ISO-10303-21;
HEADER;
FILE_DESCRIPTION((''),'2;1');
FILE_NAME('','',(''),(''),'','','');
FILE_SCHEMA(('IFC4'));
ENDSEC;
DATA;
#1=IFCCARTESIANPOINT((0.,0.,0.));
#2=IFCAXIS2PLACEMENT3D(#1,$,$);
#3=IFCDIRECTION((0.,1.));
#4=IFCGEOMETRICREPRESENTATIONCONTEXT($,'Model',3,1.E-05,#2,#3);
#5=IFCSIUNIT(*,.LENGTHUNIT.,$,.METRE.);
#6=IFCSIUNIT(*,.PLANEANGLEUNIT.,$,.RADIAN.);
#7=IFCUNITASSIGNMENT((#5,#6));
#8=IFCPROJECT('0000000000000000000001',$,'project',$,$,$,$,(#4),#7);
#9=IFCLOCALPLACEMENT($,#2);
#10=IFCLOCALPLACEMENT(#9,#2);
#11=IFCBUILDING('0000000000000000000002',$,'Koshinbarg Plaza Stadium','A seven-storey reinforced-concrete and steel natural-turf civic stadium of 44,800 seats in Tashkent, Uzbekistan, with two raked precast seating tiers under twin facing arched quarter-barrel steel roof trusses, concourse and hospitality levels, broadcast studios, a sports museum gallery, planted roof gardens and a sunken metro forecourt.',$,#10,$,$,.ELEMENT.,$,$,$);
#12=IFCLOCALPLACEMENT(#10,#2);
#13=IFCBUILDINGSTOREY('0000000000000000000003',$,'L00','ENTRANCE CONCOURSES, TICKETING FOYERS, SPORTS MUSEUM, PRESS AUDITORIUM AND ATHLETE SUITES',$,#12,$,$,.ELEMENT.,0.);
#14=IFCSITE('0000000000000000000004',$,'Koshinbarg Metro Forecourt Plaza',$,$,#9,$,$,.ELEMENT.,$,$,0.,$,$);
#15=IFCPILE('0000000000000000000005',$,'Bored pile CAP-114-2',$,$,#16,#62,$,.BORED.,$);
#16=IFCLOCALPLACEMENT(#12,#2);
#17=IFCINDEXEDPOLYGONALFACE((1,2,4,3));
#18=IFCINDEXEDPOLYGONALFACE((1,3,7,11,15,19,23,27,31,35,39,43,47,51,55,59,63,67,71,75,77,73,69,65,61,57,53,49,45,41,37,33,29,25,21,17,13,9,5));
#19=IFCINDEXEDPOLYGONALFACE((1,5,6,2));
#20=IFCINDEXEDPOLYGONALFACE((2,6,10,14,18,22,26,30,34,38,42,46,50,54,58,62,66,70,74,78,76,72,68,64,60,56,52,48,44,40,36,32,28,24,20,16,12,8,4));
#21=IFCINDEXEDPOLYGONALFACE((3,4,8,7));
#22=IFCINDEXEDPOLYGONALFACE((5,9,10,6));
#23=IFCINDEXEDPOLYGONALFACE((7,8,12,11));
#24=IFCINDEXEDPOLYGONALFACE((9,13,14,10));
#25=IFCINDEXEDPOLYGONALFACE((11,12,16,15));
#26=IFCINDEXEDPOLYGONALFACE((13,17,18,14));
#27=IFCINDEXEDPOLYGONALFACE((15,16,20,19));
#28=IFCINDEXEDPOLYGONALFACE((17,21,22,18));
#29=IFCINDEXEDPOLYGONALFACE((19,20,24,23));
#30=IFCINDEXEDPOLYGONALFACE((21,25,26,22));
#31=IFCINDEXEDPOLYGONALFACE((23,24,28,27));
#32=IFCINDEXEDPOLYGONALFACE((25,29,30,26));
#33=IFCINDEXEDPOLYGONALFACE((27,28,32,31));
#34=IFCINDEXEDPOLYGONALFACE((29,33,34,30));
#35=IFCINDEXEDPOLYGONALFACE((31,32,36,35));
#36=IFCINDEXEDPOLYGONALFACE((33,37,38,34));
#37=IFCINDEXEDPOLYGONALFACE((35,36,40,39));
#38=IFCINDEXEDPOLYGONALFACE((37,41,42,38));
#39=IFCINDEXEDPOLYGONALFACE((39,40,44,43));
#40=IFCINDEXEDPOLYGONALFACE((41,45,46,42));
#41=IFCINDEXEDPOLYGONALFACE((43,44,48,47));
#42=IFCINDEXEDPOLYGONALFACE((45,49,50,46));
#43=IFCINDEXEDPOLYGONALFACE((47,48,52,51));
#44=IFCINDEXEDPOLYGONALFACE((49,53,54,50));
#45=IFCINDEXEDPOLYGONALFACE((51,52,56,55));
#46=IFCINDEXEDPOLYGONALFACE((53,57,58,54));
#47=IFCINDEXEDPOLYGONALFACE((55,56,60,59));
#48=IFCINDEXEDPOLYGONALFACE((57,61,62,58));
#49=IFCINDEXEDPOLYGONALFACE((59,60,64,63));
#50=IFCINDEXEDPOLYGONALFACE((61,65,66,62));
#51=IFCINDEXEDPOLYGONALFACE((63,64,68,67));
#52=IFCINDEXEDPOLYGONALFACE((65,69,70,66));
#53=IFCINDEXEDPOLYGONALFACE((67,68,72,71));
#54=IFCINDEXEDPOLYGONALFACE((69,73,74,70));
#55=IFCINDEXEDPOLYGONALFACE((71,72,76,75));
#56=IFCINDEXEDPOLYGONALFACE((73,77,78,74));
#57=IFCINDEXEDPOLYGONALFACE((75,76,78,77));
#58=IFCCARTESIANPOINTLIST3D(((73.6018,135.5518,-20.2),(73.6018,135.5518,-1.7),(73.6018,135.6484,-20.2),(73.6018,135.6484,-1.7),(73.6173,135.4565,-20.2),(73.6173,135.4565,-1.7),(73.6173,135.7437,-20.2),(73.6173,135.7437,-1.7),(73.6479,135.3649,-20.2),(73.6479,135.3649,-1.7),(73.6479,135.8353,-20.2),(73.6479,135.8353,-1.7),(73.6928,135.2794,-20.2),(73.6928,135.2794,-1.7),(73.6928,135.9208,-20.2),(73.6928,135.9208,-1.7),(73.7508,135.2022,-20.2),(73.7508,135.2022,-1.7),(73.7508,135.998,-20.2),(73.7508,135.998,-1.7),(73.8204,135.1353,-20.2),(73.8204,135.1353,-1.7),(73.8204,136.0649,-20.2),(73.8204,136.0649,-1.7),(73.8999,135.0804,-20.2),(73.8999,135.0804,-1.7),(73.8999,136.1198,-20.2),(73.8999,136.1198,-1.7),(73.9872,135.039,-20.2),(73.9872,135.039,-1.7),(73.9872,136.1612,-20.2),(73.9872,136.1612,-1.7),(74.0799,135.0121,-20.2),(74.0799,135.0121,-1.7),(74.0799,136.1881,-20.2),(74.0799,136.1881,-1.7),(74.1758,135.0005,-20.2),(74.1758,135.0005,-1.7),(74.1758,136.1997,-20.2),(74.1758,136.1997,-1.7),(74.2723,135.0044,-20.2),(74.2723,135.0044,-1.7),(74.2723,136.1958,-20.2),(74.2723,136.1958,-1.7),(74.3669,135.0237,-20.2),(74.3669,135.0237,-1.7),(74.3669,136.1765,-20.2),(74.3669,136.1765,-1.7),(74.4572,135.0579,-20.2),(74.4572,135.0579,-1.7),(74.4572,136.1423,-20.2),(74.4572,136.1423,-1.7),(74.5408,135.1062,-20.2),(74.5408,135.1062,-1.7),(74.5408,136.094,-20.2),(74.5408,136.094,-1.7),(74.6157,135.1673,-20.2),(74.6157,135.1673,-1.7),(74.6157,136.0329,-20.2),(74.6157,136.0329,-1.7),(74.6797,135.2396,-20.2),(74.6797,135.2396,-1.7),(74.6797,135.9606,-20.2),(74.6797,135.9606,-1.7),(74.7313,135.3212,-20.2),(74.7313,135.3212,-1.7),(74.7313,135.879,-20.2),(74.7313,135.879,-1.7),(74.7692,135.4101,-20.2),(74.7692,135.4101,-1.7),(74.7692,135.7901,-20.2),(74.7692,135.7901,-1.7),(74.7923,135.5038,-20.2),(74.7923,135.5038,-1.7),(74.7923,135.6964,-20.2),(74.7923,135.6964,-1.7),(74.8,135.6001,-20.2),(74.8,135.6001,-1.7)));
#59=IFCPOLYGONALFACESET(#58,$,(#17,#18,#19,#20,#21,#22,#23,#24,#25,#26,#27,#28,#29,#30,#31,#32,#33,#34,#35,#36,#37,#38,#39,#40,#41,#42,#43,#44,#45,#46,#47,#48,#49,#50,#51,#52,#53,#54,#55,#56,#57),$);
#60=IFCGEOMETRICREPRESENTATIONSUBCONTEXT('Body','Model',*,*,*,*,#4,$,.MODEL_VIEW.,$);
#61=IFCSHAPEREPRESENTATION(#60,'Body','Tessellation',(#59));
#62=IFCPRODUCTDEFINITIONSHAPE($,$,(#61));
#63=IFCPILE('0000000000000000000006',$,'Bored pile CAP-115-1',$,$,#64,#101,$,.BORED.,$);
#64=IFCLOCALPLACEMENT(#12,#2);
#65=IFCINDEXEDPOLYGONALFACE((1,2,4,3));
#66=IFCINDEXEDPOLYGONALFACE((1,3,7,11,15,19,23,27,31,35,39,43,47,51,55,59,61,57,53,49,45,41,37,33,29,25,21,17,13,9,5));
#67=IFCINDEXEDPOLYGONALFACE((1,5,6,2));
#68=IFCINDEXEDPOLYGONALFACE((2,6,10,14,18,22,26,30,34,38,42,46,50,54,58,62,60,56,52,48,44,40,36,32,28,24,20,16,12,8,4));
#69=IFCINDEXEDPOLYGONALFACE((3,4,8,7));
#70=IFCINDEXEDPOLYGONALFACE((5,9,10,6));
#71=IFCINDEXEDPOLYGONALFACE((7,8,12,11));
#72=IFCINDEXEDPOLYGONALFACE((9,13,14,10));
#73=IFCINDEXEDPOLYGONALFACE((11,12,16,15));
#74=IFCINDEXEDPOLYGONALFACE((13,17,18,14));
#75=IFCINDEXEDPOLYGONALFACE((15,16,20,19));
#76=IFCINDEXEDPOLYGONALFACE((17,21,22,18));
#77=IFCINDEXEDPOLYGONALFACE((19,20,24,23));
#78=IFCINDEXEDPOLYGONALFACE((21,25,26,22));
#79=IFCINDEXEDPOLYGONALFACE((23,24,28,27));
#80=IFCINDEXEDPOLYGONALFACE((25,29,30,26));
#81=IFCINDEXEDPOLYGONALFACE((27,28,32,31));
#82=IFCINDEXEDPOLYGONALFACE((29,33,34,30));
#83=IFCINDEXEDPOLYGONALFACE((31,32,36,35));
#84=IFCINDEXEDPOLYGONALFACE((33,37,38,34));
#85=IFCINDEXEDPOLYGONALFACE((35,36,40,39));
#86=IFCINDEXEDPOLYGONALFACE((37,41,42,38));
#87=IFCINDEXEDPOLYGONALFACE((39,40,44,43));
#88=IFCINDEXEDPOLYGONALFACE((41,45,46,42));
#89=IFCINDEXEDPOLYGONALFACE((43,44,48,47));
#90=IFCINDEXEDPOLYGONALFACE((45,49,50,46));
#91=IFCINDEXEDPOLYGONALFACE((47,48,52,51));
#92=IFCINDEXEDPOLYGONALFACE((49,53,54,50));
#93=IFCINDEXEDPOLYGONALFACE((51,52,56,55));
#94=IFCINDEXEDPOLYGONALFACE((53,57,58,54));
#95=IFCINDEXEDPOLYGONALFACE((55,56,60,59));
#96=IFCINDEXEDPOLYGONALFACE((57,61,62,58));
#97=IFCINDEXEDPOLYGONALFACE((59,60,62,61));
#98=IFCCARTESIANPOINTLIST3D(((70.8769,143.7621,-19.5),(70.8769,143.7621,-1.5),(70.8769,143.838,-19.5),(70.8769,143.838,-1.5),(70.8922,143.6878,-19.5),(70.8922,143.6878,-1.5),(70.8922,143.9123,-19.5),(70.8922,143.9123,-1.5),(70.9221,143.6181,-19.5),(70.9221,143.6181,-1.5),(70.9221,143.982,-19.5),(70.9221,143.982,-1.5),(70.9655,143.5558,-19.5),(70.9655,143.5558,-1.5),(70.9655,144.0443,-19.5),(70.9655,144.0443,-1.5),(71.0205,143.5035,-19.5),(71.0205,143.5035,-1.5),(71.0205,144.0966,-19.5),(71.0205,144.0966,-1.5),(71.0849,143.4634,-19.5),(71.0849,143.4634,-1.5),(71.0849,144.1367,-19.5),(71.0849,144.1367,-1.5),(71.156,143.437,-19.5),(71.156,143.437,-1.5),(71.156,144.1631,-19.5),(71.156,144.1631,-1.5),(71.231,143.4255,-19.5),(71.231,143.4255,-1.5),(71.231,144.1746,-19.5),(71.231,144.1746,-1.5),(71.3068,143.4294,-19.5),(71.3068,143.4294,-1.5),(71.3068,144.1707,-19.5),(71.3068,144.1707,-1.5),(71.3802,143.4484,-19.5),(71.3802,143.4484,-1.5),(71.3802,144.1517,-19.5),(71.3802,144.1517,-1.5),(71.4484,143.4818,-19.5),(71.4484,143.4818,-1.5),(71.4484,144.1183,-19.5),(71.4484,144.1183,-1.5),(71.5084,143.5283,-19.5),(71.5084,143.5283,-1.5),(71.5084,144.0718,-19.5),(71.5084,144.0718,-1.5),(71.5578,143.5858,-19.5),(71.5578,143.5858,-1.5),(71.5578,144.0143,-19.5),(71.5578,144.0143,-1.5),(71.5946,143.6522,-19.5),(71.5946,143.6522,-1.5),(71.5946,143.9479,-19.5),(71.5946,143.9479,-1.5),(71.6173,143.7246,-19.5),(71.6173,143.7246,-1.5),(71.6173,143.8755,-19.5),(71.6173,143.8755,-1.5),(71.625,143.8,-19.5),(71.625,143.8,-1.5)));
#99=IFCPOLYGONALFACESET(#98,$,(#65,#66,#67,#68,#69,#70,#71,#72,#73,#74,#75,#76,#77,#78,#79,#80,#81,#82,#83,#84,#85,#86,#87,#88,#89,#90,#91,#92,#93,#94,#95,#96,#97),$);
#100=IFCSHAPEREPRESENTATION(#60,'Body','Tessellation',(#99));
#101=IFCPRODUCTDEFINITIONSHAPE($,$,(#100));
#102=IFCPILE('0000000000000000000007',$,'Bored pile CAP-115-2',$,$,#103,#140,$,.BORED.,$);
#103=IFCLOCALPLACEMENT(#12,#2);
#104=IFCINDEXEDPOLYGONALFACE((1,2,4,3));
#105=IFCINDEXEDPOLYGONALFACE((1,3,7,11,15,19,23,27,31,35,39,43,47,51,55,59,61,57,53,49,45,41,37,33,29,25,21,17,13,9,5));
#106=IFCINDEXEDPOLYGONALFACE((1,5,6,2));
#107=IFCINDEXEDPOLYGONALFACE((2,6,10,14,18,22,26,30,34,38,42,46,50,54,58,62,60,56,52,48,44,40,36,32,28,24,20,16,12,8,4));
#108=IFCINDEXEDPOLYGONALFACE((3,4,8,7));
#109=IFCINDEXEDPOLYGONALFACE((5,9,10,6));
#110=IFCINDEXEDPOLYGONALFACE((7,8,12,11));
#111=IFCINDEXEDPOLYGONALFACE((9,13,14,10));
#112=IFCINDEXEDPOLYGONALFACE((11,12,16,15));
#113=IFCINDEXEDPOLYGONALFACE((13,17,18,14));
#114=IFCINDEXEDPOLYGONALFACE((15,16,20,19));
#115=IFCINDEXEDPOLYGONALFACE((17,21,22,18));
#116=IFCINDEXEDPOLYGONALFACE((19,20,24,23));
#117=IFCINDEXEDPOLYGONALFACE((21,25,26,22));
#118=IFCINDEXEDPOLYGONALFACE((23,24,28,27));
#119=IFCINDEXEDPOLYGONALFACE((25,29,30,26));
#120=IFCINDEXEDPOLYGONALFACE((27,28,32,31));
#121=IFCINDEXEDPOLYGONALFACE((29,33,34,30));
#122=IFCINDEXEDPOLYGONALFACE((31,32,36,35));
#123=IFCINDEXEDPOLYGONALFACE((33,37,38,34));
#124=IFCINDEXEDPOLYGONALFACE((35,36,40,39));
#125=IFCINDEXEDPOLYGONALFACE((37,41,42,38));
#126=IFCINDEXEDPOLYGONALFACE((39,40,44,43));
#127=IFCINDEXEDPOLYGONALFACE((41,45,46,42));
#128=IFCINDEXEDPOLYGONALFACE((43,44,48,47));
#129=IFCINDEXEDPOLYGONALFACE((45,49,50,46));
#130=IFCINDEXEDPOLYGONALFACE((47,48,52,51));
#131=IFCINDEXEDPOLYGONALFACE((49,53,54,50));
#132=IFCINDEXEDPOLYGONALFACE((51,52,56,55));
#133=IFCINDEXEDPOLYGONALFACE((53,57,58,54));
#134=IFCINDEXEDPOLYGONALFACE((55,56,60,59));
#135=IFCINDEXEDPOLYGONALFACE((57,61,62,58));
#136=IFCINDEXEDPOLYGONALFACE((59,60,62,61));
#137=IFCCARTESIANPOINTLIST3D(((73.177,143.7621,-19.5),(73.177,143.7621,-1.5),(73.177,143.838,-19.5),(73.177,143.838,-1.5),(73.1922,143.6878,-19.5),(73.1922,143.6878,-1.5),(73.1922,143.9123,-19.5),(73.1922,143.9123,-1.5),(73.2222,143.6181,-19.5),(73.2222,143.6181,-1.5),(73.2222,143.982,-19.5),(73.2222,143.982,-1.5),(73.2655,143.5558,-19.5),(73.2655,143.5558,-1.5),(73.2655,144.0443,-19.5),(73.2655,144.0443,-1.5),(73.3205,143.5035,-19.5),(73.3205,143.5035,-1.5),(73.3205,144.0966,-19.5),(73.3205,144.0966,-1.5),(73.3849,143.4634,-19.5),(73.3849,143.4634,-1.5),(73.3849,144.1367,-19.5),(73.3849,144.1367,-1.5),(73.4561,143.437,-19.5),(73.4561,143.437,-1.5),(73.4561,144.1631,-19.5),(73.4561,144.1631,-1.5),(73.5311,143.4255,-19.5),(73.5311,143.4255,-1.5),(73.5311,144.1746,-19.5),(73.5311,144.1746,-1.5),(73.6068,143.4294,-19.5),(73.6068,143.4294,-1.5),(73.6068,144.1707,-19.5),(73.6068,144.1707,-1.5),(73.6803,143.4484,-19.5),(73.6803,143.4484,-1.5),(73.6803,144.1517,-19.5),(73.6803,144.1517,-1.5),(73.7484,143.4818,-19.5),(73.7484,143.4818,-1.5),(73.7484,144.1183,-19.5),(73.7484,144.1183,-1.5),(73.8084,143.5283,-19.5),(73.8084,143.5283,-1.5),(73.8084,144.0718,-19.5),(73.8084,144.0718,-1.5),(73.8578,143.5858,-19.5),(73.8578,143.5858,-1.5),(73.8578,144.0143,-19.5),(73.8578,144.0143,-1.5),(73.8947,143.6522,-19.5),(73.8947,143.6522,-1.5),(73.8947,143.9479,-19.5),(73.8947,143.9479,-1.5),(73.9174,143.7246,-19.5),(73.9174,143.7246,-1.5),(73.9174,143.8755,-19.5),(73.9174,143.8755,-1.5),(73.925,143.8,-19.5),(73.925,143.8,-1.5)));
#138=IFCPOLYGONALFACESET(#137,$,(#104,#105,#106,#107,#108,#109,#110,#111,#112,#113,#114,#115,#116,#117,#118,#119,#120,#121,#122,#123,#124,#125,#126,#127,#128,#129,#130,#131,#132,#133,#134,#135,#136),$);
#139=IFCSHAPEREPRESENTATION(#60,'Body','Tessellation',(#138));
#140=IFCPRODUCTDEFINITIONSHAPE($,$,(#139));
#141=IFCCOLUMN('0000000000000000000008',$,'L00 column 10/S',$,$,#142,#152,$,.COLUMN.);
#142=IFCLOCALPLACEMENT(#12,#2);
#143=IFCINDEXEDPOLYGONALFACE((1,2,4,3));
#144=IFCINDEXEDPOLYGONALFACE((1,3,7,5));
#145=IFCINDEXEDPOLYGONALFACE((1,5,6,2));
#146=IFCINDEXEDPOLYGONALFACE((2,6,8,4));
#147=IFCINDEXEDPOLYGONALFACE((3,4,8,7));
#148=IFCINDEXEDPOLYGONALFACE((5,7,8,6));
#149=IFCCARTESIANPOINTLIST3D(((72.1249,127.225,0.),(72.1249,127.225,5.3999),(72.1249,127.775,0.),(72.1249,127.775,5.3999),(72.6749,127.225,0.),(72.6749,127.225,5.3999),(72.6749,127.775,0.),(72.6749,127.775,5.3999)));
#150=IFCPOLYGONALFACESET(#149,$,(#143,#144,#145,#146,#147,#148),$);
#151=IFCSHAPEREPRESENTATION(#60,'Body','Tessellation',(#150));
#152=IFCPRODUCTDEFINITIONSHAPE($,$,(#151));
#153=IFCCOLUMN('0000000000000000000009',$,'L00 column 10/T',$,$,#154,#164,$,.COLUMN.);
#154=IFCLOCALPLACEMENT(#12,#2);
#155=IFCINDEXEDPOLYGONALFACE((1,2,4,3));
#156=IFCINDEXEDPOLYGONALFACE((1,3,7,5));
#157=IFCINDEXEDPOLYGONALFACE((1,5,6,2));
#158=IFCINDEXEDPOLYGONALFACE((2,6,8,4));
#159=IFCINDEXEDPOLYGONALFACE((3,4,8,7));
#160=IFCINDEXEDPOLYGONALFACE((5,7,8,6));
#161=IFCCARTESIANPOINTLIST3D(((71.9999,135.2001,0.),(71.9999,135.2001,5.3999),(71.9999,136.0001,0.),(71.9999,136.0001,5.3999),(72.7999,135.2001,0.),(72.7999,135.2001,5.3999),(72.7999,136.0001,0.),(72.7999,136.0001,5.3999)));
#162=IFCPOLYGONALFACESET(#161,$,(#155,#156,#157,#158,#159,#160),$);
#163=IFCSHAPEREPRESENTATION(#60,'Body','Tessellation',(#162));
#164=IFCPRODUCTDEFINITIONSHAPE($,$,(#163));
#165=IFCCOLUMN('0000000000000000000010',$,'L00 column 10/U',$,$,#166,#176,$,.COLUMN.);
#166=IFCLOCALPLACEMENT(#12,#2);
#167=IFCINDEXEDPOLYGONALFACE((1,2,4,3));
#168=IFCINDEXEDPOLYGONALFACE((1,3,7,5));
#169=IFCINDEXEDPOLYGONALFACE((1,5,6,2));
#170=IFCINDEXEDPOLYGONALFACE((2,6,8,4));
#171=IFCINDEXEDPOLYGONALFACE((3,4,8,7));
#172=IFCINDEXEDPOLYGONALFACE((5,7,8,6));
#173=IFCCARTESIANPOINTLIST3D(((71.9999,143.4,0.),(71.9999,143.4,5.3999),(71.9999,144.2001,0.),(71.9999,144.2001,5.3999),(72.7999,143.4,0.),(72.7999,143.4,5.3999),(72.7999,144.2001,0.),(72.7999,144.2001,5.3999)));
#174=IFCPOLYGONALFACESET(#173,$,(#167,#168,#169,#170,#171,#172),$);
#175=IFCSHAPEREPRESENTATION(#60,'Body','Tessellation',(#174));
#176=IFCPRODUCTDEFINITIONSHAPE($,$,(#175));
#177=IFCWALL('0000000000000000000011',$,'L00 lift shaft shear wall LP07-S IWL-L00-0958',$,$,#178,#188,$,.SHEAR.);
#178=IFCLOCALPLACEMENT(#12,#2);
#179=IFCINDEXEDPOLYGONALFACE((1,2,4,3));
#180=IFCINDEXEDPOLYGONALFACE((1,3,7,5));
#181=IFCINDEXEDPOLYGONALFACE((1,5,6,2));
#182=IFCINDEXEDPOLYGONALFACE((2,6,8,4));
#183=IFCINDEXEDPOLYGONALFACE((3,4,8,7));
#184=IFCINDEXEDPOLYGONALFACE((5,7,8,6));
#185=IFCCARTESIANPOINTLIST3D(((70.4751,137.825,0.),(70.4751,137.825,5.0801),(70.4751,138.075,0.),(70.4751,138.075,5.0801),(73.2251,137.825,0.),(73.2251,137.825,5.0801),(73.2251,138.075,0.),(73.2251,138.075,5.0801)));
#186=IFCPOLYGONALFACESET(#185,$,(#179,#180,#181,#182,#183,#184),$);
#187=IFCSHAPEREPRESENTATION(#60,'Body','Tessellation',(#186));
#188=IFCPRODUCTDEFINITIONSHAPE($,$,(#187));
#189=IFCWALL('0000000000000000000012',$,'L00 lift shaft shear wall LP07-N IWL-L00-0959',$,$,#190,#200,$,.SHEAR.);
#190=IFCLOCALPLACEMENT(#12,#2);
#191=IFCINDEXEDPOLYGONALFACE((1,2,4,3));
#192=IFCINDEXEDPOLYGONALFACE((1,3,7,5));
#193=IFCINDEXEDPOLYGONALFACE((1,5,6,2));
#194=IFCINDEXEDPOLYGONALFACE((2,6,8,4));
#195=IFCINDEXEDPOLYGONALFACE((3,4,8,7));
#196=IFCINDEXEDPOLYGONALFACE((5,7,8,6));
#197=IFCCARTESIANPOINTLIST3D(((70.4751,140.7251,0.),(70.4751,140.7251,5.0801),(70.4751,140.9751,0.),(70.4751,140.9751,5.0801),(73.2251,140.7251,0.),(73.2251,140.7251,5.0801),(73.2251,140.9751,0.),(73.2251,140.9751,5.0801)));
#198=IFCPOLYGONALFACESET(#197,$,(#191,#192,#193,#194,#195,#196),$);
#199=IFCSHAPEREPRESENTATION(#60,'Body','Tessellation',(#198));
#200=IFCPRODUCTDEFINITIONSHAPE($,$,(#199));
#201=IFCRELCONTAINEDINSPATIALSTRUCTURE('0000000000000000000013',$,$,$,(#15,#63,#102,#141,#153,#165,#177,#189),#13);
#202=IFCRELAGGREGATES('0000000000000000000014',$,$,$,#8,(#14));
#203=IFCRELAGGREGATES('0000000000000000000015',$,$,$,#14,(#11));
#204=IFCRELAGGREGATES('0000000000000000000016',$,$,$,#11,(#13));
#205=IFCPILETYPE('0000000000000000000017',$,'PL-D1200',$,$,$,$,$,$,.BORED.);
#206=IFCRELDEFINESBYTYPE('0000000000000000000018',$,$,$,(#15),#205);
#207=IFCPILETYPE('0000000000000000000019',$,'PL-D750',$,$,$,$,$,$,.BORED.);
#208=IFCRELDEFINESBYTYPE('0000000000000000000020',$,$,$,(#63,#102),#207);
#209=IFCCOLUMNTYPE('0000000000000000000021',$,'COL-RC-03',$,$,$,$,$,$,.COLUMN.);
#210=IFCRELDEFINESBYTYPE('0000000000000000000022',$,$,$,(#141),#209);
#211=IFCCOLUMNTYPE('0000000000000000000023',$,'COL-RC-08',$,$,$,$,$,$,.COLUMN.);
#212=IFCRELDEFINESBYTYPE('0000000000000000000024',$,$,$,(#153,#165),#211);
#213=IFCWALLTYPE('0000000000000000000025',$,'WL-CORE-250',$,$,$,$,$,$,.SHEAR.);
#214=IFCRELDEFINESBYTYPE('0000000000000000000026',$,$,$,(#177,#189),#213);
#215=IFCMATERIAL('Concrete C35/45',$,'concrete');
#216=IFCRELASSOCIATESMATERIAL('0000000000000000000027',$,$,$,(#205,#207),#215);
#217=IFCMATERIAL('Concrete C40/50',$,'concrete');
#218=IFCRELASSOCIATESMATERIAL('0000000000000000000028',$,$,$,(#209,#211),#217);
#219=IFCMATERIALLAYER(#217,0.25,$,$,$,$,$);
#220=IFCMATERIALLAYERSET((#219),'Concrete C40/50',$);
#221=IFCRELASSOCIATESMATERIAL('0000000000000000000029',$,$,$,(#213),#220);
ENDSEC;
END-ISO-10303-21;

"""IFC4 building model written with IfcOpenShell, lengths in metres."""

from ifc_helpers import new_model, si_unit, direction, frame, frame_2d, origin, origin_2d, place, context, subcontext, project, spatial, rectangle, circle, extrude, material, layer, layer_set, material_profile, profile_set, type_object, element, save


model = new_model("IFC4")

# Units and contexts
model_context = context("Model", 3, precision=1e-05, world=origin(), true_north=direction((0.0, 1.0)))
body_context = subcontext(model_context, "Body", "Model", "MODEL_VIEW")
ifc_project = project(units=[si_unit("LENGTHUNIT", "METRE"), si_unit("PLANEANGLEUNIT", "RADIAN")], contexts=[model_context])

# Site, building, storey
site_placement = place(None, origin())
site = spatial("IfcSite", under=ifc_project, at=site_placement, Name="Koshinbarg Metro Forecourt Plaza", CompositionType="ELEMENT", RefElevation=0.0)
building_placement = place(site_placement, origin())
building = spatial("IfcBuilding", under=site, at=building_placement, Name="Koshinbarg Plaza Stadium", Description="A seven-storey reinforced-concrete and steel natural-turf civic stadium of 44,800 seats in Tashkent, Uzbekistan, with two raked precast seating tiers under twin facing arched quarter-barrel steel roof trusses, concourse and hospitality levels, broadcast studios, a sports museum gallery, planted roof gardens and a sunken metro forecourt.", CompositionType="ELEMENT")
storey_placement = place(building_placement, origin())
storey = spatial("IfcBuildingStorey", under=building, at=storey_placement, Name="L00", Description="ENTRANCE CONCOURSES, TICKETING FOYERS, SPORTS MUSEUM, PRESS AUDITORIUM AND ATHLETE SUITES", CompositionType="ELEMENT", Elevation=0.0)

# Shared definitions
ifc_material_1 = material(Name="Concrete C35/45", Category="concrete")

# Piles
ifc_material_profile_1 = material_profile(ifc_material_1, circle(Radius=0.6001, at=origin_2d()), Name="PILE D1200")
ifc_profile_set_1 = profile_set([ifc_material_profile_1], Name="Concrete C35/45")
pile_type_1 = type_object("IfcPileType", Name="PL-D1200", PredefinedType="BORED", material=ifc_profile_set_1)
for number, where, z_axis, x_axis, name in (
    (1, (74.2, 135.6001, -1.7), (0.0, 0.0, -1.0), (1.0, 0.0, 0.0), "Bored pile CAP-114-2"),
):
    element("IfcPile", number, at=place(storey_placement, frame(where, z_axis=z_axis, x_axis=x_axis)), inside=storey, type_object=pile_type_1, Name=name, PredefinedType="BORED", context=body_context, shape_type="SweptSolid", body=[
        extrude(circle(Radius=0.6001, at=origin_2d()), origin(), (0.0, 0.0, 1.0), 18.5),
    ])
ifc_material_profile_2 = material_profile(ifc_material_1, circle(Radius=0.375, at=origin_2d()), Name="PILE D750")
ifc_profile_set_2 = profile_set([ifc_material_profile_2], Name="Concrete C35/45")
pile_type_2 = type_object("IfcPileType", Name="PL-D750", PredefinedType="BORED", material=ifc_profile_set_2)
for number, where, z_axis, x_axis, name in (
    (2, (71.25, 143.8, -1.5), (0.0, 0.0, -1.0), (1.0, 0.0, 0.0), "Bored pile CAP-115-1"),
    (3, (73.55, 143.8, -1.5), (0.0, 0.0, -1.0), (1.0, 0.0, 0.0), "Bored pile CAP-115-2"),
):
    element("IfcPile", number, at=place(storey_placement, frame(where, z_axis=z_axis, x_axis=x_axis)), inside=storey, type_object=pile_type_2, Name=name, PredefinedType="BORED", context=body_context, shape_type="SweptSolid", body=[
        extrude(circle(Radius=0.375, at=origin_2d()), origin(), (0.0, 0.0, 1.0), 18.0),
    ])

# Columns
ifc_material_2 = material(Name="Concrete C40/50", Category="concrete")
ifc_material_profile_3 = material_profile(ifc_material_2, rectangle(XDim=0.55, YDim=0.55, at=origin_2d()), Name="RC 550x550")
ifc_profile_set_3 = profile_set([ifc_material_profile_3], Name="Concrete C40/50")
column_type_1 = type_object("IfcColumnType", Name="COL-RC-03", PredefinedType="COLUMN", material=ifc_profile_set_3)
column_placement = place(storey_placement, frame((72.3999, 127.5, 0.0), z_axis=(0.0, 0.0, 1.0), x_axis=(1.0, 0.0, 0.0)))
element("IfcColumn", 4, at=column_placement, inside=storey, type_object=column_type_1, Name="L00 column 10/S", PredefinedType="COLUMN", context=body_context, shape_type="SweptSolid", body=[
    extrude(rectangle(XDim=0.55, YDim=0.55, at=origin_2d()), origin(), (0.0, 0.0, 1.0), 5.3999),
])
ifc_material_profile_4 = material_profile(ifc_material_2, rectangle(XDim=0.8, YDim=0.8, at=origin_2d()), Name="RC 800x800")
ifc_profile_set_4 = profile_set([ifc_material_profile_4], Name="Concrete C40/50")
column_type_2 = type_object("IfcColumnType", Name="COL-RC-08", PredefinedType="COLUMN", material=ifc_profile_set_4)
for number, where, z_axis, x_axis, name in (
    (5, (72.3999, 135.6001, 0.0), (0.0, 0.0, 1.0), (1.0, 0.0, 0.0), "L00 column 10/T"),
    (6, (72.3999, 143.8, 0.0), (0.0, 0.0, 1.0), (1.0, 0.0, 0.0), "L00 column 10/U"),
):
    element("IfcColumn", number, at=place(storey_placement, frame(where, z_axis=z_axis, x_axis=x_axis)), inside=storey, type_object=column_type_2, Name=name, PredefinedType="COLUMN", context=body_context, shape_type="SweptSolid", body=[
        extrude(rectangle(XDim=0.8, YDim=0.8, at=origin_2d()), origin(), (0.0, 0.0, 1.0), 5.3999),
    ])

# Walls
ifc_layer_1 = layer(ifc_material_2, 0.25)
ifc_layer_set_1 = layer_set([ifc_layer_1], Name="Concrete C40/50")
wall_type_1 = type_object("IfcWallType", Name="WL-CORE-250", PredefinedType="SHEAR", material=ifc_layer_set_1)
for number, where, z_axis, x_axis, name in (
    (7, (70.4751, 137.95, 0.0), (0.0, 0.0, 1.0), (1.0, 0.0, 0.0), "L00 lift shaft shear wall LP07-S IWL-L00-0958"),
    (8, (73.2251, 140.8501, 0.0), (0.0, 0.0, 1.0), (-1.0, 0.0, 0.0), "L00 lift shaft shear wall LP07-N IWL-L00-0959"),
):
    element("IfcWall", number, at=place(storey_placement, frame(where, z_axis=z_axis, x_axis=x_axis)), inside=storey, type_object=wall_type_1, Name=name, PredefinedType="SHEAR", context=body_context, shape_type="SweptSolid", body=[
        extrude(rectangle(XDim=2.75, YDim=0.25, at=frame_2d((1.375, 0.0))), origin(), (0.0, 0.0, 1.0), 5.0801),
    ])

save(model, "model.ifc")
